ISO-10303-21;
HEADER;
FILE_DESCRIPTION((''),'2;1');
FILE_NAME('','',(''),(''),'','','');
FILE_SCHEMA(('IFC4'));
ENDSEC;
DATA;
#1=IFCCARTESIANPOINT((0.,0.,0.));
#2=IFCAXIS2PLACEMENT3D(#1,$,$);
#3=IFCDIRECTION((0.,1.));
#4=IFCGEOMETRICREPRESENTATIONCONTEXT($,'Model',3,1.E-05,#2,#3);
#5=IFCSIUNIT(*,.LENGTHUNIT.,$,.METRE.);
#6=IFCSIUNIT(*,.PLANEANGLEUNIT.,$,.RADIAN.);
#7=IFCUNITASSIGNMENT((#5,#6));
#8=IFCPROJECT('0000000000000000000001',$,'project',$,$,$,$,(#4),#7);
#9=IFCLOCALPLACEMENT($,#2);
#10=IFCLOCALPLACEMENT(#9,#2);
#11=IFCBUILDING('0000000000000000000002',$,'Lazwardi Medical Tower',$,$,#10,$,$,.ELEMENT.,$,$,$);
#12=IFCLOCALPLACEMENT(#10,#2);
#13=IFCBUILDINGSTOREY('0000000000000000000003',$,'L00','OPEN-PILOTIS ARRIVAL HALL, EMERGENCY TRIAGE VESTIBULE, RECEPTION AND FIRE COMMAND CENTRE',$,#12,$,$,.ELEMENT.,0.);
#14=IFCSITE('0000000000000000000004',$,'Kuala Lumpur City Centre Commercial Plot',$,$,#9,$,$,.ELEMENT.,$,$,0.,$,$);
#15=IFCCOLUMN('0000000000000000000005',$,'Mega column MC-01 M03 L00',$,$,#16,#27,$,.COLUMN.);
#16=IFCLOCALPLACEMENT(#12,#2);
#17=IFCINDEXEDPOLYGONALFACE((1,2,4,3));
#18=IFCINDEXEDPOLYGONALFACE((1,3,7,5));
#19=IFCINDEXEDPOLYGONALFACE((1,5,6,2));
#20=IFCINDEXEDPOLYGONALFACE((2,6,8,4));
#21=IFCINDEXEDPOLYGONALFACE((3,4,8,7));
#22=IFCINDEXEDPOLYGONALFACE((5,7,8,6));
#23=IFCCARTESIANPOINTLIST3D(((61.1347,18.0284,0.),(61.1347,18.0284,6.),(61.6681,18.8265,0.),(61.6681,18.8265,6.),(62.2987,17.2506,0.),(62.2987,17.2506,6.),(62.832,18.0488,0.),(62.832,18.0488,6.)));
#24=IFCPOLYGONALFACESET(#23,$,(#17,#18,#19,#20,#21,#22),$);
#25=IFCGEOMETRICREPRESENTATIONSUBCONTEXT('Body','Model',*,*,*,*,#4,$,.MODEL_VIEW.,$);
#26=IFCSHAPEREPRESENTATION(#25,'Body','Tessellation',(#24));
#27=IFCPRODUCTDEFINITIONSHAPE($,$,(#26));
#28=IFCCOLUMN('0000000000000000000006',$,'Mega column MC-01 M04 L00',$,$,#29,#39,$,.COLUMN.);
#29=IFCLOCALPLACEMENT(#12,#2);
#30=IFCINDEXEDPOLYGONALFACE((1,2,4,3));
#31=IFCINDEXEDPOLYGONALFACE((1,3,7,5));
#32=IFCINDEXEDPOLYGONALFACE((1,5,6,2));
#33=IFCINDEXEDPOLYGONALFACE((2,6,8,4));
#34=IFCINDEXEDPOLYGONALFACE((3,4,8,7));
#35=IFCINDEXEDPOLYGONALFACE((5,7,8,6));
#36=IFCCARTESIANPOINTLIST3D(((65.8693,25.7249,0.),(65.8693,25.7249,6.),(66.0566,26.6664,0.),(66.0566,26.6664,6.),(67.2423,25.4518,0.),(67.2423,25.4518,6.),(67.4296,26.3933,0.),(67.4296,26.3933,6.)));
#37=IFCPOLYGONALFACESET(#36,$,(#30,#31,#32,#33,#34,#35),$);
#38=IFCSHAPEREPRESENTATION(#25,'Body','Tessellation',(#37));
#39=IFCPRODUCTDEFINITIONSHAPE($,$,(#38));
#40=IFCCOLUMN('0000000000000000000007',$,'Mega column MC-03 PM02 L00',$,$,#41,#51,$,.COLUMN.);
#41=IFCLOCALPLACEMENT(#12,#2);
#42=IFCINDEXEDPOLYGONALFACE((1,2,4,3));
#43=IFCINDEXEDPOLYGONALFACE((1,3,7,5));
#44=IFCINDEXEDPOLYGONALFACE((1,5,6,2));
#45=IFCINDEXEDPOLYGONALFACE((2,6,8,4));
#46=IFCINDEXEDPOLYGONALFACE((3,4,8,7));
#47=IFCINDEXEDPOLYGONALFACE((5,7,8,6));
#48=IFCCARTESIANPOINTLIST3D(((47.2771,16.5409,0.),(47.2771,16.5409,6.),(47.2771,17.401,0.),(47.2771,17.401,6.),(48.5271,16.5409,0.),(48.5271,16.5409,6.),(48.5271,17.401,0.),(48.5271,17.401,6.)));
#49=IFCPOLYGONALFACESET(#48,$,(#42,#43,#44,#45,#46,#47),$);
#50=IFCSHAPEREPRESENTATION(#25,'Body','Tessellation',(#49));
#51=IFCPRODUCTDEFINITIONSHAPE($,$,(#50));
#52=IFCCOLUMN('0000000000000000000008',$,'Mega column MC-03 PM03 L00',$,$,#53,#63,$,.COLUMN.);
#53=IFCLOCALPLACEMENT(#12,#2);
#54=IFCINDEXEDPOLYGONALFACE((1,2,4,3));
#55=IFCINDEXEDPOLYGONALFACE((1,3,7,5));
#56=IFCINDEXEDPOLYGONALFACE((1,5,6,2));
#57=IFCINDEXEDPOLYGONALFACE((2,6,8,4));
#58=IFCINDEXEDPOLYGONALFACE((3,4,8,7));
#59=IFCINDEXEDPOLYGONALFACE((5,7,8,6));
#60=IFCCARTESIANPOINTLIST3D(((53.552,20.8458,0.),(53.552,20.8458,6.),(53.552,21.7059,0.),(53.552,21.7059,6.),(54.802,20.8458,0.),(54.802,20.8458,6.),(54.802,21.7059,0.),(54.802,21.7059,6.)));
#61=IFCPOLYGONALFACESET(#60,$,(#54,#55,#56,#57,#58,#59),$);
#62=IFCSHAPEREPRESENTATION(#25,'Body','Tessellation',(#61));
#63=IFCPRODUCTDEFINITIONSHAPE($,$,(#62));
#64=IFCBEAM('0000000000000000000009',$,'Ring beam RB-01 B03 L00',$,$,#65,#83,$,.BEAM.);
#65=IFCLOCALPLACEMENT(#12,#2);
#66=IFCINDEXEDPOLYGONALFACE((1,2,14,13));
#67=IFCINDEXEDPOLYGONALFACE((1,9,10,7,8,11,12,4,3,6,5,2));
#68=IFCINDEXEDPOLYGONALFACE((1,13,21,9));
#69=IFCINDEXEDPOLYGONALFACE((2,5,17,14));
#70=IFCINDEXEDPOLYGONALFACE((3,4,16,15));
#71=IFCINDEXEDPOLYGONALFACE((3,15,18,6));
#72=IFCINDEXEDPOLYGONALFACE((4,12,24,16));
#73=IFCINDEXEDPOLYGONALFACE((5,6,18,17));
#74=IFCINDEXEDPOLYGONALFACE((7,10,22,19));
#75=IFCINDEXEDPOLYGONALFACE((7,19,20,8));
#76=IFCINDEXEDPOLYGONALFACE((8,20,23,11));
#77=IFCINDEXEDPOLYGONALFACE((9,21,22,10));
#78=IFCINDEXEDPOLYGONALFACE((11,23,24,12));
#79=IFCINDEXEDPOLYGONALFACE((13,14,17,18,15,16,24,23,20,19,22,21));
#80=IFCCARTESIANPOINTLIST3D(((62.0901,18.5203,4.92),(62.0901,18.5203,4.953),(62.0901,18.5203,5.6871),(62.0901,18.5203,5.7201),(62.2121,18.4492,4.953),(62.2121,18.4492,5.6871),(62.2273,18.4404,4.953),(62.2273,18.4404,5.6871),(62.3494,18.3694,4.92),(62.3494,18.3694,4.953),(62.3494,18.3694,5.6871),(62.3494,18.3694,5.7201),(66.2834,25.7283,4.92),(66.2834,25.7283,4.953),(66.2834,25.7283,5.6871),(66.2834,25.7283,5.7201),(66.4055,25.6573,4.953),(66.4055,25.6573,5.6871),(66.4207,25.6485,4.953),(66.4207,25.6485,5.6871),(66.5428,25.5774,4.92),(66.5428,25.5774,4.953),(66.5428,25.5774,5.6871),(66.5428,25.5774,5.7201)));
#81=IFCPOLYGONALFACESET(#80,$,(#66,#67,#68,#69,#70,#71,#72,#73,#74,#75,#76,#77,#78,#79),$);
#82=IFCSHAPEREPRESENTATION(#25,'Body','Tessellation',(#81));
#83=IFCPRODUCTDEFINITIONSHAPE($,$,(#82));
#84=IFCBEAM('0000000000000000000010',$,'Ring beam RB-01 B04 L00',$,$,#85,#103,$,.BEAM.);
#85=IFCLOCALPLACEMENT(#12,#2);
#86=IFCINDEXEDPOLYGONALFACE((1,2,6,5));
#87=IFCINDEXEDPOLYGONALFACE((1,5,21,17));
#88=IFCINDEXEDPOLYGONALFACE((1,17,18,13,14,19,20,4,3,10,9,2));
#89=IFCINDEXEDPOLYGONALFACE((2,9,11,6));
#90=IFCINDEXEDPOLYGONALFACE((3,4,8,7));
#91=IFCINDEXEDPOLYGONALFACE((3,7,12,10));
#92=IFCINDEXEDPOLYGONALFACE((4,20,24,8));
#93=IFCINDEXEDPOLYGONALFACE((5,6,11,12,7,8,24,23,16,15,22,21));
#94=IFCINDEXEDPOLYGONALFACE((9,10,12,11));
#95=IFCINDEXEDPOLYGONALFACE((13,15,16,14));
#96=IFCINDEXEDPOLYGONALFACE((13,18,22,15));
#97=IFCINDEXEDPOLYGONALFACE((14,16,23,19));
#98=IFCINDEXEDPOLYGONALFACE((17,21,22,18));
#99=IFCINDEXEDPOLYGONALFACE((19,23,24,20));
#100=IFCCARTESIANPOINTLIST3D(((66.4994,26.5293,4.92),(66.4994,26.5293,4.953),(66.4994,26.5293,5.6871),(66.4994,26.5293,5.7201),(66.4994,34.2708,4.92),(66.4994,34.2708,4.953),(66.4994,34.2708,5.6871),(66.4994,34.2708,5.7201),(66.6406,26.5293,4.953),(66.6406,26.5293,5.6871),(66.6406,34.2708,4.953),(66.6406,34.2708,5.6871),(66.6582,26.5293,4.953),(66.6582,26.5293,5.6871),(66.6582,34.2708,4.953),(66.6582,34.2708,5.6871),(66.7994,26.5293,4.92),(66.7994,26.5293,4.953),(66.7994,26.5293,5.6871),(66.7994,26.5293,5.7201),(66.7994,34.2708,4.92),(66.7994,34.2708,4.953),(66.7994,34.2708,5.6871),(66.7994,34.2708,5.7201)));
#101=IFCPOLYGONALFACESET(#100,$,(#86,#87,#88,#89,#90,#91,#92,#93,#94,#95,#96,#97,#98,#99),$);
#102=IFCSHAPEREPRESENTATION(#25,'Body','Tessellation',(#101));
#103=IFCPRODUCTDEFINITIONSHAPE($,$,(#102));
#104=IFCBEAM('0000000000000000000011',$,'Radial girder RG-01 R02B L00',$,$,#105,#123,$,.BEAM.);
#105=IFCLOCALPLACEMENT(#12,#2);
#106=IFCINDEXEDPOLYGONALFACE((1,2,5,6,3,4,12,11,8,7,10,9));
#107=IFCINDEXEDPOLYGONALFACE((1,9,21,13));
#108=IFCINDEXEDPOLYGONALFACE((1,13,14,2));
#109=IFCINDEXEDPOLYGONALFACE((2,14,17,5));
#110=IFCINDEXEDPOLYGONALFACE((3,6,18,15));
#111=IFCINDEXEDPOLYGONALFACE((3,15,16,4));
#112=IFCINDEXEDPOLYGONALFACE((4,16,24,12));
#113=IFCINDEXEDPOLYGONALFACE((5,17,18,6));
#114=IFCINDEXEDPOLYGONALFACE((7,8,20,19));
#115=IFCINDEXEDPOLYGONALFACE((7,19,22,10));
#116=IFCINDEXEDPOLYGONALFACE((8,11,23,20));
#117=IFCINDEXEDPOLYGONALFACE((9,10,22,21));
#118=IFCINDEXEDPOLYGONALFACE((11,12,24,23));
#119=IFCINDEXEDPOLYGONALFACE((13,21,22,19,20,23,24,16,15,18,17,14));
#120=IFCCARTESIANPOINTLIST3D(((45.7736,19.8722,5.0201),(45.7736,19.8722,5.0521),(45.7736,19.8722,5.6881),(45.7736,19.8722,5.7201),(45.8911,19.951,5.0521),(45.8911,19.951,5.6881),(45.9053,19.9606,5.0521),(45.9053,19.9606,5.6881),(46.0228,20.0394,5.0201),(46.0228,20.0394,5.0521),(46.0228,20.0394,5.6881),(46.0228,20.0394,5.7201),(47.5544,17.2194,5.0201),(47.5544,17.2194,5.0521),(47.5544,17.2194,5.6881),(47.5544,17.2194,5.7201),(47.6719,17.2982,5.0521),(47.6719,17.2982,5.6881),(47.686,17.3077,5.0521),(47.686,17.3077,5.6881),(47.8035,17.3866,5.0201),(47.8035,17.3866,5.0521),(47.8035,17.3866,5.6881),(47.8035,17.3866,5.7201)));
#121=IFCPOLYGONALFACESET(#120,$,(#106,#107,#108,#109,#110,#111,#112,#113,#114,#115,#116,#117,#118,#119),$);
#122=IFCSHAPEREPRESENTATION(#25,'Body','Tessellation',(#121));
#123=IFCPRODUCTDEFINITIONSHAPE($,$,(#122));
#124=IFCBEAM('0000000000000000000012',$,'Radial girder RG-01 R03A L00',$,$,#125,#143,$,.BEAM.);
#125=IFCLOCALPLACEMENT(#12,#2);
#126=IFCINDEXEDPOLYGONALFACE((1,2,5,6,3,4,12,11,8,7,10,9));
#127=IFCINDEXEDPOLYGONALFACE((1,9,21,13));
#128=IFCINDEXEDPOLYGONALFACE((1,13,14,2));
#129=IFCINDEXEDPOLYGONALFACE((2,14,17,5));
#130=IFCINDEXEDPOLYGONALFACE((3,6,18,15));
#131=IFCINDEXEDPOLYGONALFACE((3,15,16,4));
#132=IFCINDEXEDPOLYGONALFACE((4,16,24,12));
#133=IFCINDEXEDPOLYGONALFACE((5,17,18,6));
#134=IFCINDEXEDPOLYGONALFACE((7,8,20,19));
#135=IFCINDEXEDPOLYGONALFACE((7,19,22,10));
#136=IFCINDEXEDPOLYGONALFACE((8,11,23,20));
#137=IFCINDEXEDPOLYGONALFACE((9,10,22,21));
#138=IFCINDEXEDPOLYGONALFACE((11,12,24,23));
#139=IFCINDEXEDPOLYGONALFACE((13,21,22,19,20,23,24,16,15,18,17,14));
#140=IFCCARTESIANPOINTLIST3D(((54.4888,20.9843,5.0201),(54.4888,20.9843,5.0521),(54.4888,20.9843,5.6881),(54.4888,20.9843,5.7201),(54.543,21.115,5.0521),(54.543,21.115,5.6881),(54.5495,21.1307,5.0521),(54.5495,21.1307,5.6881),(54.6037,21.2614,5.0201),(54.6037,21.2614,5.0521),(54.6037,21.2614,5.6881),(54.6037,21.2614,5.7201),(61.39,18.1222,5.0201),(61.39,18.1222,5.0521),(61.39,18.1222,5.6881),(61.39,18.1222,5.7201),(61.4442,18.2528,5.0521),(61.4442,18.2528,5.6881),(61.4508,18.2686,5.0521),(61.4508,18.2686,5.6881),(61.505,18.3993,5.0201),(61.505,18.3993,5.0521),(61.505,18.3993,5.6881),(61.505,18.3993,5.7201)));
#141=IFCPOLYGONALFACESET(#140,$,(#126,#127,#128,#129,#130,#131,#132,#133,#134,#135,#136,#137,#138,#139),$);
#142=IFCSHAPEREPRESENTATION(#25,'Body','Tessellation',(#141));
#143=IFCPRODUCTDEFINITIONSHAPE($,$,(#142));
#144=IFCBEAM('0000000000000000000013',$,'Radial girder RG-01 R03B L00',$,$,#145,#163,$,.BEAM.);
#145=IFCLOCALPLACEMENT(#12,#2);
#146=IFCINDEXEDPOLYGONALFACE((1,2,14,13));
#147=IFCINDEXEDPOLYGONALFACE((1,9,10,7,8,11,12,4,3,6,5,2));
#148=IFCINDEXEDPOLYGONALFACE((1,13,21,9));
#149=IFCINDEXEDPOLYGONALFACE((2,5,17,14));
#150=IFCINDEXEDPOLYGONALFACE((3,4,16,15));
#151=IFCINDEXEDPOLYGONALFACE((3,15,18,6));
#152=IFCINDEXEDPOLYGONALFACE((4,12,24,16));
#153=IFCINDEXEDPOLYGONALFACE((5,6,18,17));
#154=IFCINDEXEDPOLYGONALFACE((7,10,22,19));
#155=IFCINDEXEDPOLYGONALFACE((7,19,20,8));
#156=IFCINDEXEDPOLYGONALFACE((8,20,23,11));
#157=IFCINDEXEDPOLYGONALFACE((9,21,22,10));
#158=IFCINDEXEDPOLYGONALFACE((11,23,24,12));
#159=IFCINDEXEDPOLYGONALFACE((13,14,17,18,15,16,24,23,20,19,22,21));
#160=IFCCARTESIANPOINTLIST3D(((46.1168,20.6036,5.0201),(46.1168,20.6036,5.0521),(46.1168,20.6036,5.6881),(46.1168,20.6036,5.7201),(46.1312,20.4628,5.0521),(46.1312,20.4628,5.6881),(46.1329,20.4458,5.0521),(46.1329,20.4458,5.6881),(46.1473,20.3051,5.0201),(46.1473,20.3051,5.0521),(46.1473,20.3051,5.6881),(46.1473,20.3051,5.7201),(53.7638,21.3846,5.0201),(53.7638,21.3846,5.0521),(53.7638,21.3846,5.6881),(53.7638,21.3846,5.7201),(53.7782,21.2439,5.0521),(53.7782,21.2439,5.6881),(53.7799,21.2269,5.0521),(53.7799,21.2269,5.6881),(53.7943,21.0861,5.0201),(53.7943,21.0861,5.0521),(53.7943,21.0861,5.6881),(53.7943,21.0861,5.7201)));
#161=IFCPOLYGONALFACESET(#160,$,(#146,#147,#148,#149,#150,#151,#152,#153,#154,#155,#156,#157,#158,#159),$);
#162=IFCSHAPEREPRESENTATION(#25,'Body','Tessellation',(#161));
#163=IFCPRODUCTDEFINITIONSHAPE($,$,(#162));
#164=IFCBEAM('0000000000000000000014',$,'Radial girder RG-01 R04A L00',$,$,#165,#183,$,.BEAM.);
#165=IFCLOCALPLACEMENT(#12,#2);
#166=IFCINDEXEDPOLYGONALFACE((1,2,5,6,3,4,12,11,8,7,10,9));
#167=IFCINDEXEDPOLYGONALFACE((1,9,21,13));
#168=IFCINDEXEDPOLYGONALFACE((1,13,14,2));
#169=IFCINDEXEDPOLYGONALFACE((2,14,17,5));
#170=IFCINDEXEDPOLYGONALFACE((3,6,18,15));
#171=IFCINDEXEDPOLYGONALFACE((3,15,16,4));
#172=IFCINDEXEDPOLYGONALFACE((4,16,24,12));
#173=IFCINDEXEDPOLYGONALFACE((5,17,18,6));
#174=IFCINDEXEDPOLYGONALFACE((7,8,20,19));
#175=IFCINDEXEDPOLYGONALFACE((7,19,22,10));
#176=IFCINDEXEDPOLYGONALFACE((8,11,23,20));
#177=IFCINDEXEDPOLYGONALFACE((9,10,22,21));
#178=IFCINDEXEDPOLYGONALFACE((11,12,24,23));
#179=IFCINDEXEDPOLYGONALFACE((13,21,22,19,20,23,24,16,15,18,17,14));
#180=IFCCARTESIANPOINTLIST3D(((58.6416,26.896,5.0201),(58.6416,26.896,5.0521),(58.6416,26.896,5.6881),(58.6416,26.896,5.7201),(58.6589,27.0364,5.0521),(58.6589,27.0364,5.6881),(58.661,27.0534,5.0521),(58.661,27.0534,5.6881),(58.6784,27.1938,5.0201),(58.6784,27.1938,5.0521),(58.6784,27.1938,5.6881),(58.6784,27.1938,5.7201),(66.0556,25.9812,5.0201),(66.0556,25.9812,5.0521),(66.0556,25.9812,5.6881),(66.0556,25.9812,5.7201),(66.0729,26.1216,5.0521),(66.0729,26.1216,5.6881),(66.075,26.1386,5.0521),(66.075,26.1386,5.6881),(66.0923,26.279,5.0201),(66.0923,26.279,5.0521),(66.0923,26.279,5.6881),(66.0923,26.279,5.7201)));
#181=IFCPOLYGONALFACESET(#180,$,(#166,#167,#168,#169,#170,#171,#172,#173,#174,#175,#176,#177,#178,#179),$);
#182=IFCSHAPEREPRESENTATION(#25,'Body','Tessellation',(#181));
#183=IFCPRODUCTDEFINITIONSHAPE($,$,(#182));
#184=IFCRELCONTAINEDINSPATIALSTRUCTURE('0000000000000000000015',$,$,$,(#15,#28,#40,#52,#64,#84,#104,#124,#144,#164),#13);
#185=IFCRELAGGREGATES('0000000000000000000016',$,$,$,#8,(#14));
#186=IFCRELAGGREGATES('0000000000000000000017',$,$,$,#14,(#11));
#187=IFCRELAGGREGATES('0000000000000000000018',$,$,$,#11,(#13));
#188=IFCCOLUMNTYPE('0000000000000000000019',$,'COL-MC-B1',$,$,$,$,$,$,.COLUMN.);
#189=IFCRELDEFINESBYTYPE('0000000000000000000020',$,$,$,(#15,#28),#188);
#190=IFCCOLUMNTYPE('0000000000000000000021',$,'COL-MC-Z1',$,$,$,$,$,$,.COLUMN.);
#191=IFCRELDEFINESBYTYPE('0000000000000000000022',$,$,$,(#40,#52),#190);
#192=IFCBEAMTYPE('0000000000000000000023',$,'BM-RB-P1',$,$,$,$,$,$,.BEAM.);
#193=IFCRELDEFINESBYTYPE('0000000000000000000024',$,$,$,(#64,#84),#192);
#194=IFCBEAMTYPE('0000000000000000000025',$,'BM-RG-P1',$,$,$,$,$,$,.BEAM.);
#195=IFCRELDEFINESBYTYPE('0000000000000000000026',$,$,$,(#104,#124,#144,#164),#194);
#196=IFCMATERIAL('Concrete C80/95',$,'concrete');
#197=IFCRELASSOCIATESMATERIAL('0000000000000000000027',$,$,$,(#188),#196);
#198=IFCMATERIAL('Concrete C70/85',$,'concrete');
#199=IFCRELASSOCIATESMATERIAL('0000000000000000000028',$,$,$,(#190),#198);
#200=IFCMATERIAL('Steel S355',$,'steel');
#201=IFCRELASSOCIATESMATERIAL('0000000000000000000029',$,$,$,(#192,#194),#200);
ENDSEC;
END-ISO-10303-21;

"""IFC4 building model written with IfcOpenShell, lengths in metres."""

from ifc_helpers import new_model, si_unit, direction, frame, origin, origin_2d, place, context, subcontext, project, spatial, rectangle, i_section, extrude, material, material_profile, profile_set, type_object, element, save


model = new_model("IFC4")

# Units and contexts
model_context = context("Model", 3, precision=1e-05, world=origin(), true_north=direction((0.0, 1.0)))
body_context = subcontext(model_context, "Body", "Model", "MODEL_VIEW")
ifc_project = project(units=[si_unit("LENGTHUNIT", "METRE"), si_unit("PLANEANGLEUNIT", "RADIAN")], contexts=[model_context])

# Site, building, storey
site_placement = place(None, origin())
site = spatial("IfcSite", under=ifc_project, at=site_placement, Name="Kuala Lumpur City Centre Commercial Plot", CompositionType="ELEMENT", RefElevation=0.0)
building_placement = place(site_placement, origin())
building = spatial("IfcBuilding", under=site, at=building_placement, Name="Lazwardi Medical Tower", CompositionType="ELEMENT")
storey_placement = place(building_placement, origin())
storey = spatial("IfcBuildingStorey", under=building, at=storey_placement, Name="L00", Description="OPEN-PILOTIS ARRIVAL HALL, EMERGENCY TRIAGE VESTIBULE, RECEPTION AND FIRE COMMAND CENTRE", CompositionType="ELEMENT", Elevation=0.0)

# Columns
ifc_material_1 = material(Name="Concrete C80/95", Category="concrete")
ifc_material_profile_1 = material_profile(ifc_material_1, rectangle(XDim=1.3999, YDim=0.96, at=origin_2d()), Name="CFT-RECT 1400x960")
ifc_profile_set_1 = profile_set([ifc_material_profile_1], Name="Concrete C80/95")
column_type_1 = type_object("IfcColumnType", Name="COL-MC-B1", PredefinedType="COLUMN", material=ifc_profile_set_1)
for number, where, z_axis, x_axis, name in (
    (1, (61.9834, 18.0386, 0.0), (0.0, 0.0, 1.0), (0.83147, -0.55557, 0.0), "Mega column MC-01 M03 L00"),
    (2, (66.6494, 26.0591, 0.0), (0.0, 0.0, 1.0), (0.980785, -0.19509, 0.0), "Mega column MC-01 M04 L00"),
):
    element("IfcColumn", number, at=place(storey_placement, frame(where, z_axis=z_axis, x_axis=x_axis)), inside=storey, type_object=column_type_1, Name=name, PredefinedType="COLUMN", context=body_context, shape_type="SweptSolid", body=[
        extrude(rectangle(XDim=1.3999, YDim=0.96, at=origin_2d()), origin(), (0.0, 0.0, 1.0), 6.0),
    ])
ifc_material_2 = material(Name="Concrete C70/85", Category="concrete")
ifc_material_profile_2 = material_profile(ifc_material_2, rectangle(XDim=1.25, YDim=0.8601, at=origin_2d()), Name="CFT-RECT 1250x860")
ifc_profile_set_2 = profile_set([ifc_material_profile_2], Name="Concrete C70/85")
column_type_2 = type_object("IfcColumnType", Name="COL-MC-Z1", PredefinedType="COLUMN", material=ifc_profile_set_2)
for number, where, z_axis, x_axis, name in (
    (3, (47.9021, 16.9709, 0.0), (0.0, 0.0, 1.0), (1.0, 0.0, 0.0), "Mega column MC-03 PM02 L00"),
    (4, (54.177, 21.2759, 0.0), (0.0, 0.0, 1.0), (1.0, 0.0, 0.0), "Mega column MC-03 PM03 L00"),
):
    element("IfcColumn", number, at=place(storey_placement, frame(where, z_axis=z_axis, x_axis=x_axis)), inside=storey, type_object=column_type_2, Name=name, PredefinedType="COLUMN", context=body_context, shape_type="SweptSolid", body=[
        extrude(rectangle(XDim=1.25, YDim=0.8601, at=origin_2d()), origin(), (0.0, 0.0, 1.0), 6.0),
    ])

# Beams
ifc_material_3 = material(Name="Steel S355", Category="steel")
ifc_material_profile_3 = material_profile(ifc_material_3, i_section(OverallWidth=0.3, OverallDepth=0.8, WebThickness=0.0176, FlangeThickness=0.033, at=origin_2d()), Name="HEB 800")
ifc_profile_set_3 = profile_set([ifc_material_profile_3], Name="Steel S355")
beam_type_1 = type_object("IfcBeamType", Name="BM-RB-P1", PredefinedType="BEAM", material=ifc_profile_set_3)
beam_1_placement = place(storey_placement, frame((62.2197, 18.4448, 5.3201), z_axis=(0.502859, 0.864369, 0.0), x_axis=(-0.864369, 0.502859, 0.0)))
element("IfcBeam", 5, at=beam_1_placement, inside=storey, type_object=beam_type_1, Name="Ring beam RB-01 B03 L00", PredefinedType="BEAM", context=body_context, shape_type="SweptSolid", body=[
    extrude(i_section(OverallWidth=0.3, OverallDepth=0.8, WebThickness=0.0176, FlangeThickness=0.033, at=origin_2d()), origin(), (0.0, 0.0, 1.0), 8.3391),
])
beam_2_placement = place(storey_placement, frame((66.6494, 26.5293, 5.3201), z_axis=(0.0, 1.0, 0.0), x_axis=(-1.0, 0.0, 0.0)))
element("IfcBeam", 6, at=beam_2_placement, inside=storey, type_object=beam_type_1, Name="Ring beam RB-01 B04 L00", PredefinedType="BEAM", context=body_context, shape_type="SweptSolid", body=[
    extrude(i_section(OverallWidth=0.3, OverallDepth=0.8, WebThickness=0.0176, FlangeThickness=0.033, at=origin_2d()), origin(), (0.0, 0.0, 1.0), 7.7415),
])
ifc_material_profile_4 = material_profile(ifc_material_3, i_section(OverallWidth=0.3, OverallDepth=0.7, WebThickness=0.0171, FlangeThickness=0.032, at=origin_2d()), Name="HEB 700")
ifc_profile_set_4 = profile_set([ifc_material_profile_4], Name="Steel S355")
beam_type_2 = type_object("IfcBeamType", Name="BM-RG-P1", PredefinedType="BEAM", material=ifc_profile_set_4)
beam_3_placement = place(storey_placement, frame((47.679, 17.303, 5.3701), z_axis=(-0.557342, 0.830283, 0.0), x_axis=(-0.830283, -0.557342, 0.0)))
element("IfcBeam", 7, at=beam_3_placement, inside=storey, type_object=beam_type_2, Name="Radial girder RG-01 R02B L00", PredefinedType="BEAM", context=body_context, shape_type="SweptSolid", body=[
    extrude(i_section(OverallWidth=0.3, OverallDepth=0.7, WebThickness=0.0171, FlangeThickness=0.032, at=origin_2d()), origin(), (0.0, 0.0, 1.0), 3.1951),
])
beam_4_placement = place(storey_placement, frame((61.4475, 18.2607, 5.3701), z_axis=(-0.923713, 0.383086, 0.0), x_axis=(-0.383086, -0.923713, 0.0)))
element("IfcBeam", 8, at=beam_4_placement, inside=storey, type_object=beam_type_2, Name="Radial girder RG-01 R03A L00", PredefinedType="BEAM", context=body_context, shape_type="SweptSolid", body=[
    extrude(i_section(OverallWidth=0.3, OverallDepth=0.7, WebThickness=0.0171, FlangeThickness=0.032, at=origin_2d()), origin(), (0.0, 0.0, 1.0), 7.4712),
])
beam_5_placement = place(storey_placement, frame((53.7791, 21.2354, 5.3701), z_axis=(-0.994825, -0.101604, 0.0), x_axis=(0.101604, -0.994825, 0.0)))
element("IfcBeam", 9, at=beam_5_placement, inside=storey, type_object=beam_type_2, Name="Radial girder RG-01 R03B L00", PredefinedType="BEAM", context=body_context, shape_type="SweptSolid", body=[
    extrude(i_section(OverallWidth=0.3, OverallDepth=0.7, WebThickness=0.0171, FlangeThickness=0.032, at=origin_2d()), origin(), (0.0, 0.0, 1.0), 7.6868),
])
beam_6_placement = place(storey_placement, frame((66.074, 26.1301, 5.3701), z_axis=(-0.992474, 0.122458, 0.0), x_axis=(-0.122458, -0.992474, 0.0)))
element("IfcBeam", 10, at=beam_6_placement, inside=storey, type_object=beam_type_2, Name="Radial girder RG-01 R04A L00", PredefinedType="BEAM", context=body_context, shape_type="SweptSolid", body=[
    extrude(i_section(OverallWidth=0.3, OverallDepth=0.7, WebThickness=0.0171, FlangeThickness=0.032, at=origin_2d()), origin(), (0.0, 0.0, 1.0), 7.4702),
])

save(model, "model.ifc")
